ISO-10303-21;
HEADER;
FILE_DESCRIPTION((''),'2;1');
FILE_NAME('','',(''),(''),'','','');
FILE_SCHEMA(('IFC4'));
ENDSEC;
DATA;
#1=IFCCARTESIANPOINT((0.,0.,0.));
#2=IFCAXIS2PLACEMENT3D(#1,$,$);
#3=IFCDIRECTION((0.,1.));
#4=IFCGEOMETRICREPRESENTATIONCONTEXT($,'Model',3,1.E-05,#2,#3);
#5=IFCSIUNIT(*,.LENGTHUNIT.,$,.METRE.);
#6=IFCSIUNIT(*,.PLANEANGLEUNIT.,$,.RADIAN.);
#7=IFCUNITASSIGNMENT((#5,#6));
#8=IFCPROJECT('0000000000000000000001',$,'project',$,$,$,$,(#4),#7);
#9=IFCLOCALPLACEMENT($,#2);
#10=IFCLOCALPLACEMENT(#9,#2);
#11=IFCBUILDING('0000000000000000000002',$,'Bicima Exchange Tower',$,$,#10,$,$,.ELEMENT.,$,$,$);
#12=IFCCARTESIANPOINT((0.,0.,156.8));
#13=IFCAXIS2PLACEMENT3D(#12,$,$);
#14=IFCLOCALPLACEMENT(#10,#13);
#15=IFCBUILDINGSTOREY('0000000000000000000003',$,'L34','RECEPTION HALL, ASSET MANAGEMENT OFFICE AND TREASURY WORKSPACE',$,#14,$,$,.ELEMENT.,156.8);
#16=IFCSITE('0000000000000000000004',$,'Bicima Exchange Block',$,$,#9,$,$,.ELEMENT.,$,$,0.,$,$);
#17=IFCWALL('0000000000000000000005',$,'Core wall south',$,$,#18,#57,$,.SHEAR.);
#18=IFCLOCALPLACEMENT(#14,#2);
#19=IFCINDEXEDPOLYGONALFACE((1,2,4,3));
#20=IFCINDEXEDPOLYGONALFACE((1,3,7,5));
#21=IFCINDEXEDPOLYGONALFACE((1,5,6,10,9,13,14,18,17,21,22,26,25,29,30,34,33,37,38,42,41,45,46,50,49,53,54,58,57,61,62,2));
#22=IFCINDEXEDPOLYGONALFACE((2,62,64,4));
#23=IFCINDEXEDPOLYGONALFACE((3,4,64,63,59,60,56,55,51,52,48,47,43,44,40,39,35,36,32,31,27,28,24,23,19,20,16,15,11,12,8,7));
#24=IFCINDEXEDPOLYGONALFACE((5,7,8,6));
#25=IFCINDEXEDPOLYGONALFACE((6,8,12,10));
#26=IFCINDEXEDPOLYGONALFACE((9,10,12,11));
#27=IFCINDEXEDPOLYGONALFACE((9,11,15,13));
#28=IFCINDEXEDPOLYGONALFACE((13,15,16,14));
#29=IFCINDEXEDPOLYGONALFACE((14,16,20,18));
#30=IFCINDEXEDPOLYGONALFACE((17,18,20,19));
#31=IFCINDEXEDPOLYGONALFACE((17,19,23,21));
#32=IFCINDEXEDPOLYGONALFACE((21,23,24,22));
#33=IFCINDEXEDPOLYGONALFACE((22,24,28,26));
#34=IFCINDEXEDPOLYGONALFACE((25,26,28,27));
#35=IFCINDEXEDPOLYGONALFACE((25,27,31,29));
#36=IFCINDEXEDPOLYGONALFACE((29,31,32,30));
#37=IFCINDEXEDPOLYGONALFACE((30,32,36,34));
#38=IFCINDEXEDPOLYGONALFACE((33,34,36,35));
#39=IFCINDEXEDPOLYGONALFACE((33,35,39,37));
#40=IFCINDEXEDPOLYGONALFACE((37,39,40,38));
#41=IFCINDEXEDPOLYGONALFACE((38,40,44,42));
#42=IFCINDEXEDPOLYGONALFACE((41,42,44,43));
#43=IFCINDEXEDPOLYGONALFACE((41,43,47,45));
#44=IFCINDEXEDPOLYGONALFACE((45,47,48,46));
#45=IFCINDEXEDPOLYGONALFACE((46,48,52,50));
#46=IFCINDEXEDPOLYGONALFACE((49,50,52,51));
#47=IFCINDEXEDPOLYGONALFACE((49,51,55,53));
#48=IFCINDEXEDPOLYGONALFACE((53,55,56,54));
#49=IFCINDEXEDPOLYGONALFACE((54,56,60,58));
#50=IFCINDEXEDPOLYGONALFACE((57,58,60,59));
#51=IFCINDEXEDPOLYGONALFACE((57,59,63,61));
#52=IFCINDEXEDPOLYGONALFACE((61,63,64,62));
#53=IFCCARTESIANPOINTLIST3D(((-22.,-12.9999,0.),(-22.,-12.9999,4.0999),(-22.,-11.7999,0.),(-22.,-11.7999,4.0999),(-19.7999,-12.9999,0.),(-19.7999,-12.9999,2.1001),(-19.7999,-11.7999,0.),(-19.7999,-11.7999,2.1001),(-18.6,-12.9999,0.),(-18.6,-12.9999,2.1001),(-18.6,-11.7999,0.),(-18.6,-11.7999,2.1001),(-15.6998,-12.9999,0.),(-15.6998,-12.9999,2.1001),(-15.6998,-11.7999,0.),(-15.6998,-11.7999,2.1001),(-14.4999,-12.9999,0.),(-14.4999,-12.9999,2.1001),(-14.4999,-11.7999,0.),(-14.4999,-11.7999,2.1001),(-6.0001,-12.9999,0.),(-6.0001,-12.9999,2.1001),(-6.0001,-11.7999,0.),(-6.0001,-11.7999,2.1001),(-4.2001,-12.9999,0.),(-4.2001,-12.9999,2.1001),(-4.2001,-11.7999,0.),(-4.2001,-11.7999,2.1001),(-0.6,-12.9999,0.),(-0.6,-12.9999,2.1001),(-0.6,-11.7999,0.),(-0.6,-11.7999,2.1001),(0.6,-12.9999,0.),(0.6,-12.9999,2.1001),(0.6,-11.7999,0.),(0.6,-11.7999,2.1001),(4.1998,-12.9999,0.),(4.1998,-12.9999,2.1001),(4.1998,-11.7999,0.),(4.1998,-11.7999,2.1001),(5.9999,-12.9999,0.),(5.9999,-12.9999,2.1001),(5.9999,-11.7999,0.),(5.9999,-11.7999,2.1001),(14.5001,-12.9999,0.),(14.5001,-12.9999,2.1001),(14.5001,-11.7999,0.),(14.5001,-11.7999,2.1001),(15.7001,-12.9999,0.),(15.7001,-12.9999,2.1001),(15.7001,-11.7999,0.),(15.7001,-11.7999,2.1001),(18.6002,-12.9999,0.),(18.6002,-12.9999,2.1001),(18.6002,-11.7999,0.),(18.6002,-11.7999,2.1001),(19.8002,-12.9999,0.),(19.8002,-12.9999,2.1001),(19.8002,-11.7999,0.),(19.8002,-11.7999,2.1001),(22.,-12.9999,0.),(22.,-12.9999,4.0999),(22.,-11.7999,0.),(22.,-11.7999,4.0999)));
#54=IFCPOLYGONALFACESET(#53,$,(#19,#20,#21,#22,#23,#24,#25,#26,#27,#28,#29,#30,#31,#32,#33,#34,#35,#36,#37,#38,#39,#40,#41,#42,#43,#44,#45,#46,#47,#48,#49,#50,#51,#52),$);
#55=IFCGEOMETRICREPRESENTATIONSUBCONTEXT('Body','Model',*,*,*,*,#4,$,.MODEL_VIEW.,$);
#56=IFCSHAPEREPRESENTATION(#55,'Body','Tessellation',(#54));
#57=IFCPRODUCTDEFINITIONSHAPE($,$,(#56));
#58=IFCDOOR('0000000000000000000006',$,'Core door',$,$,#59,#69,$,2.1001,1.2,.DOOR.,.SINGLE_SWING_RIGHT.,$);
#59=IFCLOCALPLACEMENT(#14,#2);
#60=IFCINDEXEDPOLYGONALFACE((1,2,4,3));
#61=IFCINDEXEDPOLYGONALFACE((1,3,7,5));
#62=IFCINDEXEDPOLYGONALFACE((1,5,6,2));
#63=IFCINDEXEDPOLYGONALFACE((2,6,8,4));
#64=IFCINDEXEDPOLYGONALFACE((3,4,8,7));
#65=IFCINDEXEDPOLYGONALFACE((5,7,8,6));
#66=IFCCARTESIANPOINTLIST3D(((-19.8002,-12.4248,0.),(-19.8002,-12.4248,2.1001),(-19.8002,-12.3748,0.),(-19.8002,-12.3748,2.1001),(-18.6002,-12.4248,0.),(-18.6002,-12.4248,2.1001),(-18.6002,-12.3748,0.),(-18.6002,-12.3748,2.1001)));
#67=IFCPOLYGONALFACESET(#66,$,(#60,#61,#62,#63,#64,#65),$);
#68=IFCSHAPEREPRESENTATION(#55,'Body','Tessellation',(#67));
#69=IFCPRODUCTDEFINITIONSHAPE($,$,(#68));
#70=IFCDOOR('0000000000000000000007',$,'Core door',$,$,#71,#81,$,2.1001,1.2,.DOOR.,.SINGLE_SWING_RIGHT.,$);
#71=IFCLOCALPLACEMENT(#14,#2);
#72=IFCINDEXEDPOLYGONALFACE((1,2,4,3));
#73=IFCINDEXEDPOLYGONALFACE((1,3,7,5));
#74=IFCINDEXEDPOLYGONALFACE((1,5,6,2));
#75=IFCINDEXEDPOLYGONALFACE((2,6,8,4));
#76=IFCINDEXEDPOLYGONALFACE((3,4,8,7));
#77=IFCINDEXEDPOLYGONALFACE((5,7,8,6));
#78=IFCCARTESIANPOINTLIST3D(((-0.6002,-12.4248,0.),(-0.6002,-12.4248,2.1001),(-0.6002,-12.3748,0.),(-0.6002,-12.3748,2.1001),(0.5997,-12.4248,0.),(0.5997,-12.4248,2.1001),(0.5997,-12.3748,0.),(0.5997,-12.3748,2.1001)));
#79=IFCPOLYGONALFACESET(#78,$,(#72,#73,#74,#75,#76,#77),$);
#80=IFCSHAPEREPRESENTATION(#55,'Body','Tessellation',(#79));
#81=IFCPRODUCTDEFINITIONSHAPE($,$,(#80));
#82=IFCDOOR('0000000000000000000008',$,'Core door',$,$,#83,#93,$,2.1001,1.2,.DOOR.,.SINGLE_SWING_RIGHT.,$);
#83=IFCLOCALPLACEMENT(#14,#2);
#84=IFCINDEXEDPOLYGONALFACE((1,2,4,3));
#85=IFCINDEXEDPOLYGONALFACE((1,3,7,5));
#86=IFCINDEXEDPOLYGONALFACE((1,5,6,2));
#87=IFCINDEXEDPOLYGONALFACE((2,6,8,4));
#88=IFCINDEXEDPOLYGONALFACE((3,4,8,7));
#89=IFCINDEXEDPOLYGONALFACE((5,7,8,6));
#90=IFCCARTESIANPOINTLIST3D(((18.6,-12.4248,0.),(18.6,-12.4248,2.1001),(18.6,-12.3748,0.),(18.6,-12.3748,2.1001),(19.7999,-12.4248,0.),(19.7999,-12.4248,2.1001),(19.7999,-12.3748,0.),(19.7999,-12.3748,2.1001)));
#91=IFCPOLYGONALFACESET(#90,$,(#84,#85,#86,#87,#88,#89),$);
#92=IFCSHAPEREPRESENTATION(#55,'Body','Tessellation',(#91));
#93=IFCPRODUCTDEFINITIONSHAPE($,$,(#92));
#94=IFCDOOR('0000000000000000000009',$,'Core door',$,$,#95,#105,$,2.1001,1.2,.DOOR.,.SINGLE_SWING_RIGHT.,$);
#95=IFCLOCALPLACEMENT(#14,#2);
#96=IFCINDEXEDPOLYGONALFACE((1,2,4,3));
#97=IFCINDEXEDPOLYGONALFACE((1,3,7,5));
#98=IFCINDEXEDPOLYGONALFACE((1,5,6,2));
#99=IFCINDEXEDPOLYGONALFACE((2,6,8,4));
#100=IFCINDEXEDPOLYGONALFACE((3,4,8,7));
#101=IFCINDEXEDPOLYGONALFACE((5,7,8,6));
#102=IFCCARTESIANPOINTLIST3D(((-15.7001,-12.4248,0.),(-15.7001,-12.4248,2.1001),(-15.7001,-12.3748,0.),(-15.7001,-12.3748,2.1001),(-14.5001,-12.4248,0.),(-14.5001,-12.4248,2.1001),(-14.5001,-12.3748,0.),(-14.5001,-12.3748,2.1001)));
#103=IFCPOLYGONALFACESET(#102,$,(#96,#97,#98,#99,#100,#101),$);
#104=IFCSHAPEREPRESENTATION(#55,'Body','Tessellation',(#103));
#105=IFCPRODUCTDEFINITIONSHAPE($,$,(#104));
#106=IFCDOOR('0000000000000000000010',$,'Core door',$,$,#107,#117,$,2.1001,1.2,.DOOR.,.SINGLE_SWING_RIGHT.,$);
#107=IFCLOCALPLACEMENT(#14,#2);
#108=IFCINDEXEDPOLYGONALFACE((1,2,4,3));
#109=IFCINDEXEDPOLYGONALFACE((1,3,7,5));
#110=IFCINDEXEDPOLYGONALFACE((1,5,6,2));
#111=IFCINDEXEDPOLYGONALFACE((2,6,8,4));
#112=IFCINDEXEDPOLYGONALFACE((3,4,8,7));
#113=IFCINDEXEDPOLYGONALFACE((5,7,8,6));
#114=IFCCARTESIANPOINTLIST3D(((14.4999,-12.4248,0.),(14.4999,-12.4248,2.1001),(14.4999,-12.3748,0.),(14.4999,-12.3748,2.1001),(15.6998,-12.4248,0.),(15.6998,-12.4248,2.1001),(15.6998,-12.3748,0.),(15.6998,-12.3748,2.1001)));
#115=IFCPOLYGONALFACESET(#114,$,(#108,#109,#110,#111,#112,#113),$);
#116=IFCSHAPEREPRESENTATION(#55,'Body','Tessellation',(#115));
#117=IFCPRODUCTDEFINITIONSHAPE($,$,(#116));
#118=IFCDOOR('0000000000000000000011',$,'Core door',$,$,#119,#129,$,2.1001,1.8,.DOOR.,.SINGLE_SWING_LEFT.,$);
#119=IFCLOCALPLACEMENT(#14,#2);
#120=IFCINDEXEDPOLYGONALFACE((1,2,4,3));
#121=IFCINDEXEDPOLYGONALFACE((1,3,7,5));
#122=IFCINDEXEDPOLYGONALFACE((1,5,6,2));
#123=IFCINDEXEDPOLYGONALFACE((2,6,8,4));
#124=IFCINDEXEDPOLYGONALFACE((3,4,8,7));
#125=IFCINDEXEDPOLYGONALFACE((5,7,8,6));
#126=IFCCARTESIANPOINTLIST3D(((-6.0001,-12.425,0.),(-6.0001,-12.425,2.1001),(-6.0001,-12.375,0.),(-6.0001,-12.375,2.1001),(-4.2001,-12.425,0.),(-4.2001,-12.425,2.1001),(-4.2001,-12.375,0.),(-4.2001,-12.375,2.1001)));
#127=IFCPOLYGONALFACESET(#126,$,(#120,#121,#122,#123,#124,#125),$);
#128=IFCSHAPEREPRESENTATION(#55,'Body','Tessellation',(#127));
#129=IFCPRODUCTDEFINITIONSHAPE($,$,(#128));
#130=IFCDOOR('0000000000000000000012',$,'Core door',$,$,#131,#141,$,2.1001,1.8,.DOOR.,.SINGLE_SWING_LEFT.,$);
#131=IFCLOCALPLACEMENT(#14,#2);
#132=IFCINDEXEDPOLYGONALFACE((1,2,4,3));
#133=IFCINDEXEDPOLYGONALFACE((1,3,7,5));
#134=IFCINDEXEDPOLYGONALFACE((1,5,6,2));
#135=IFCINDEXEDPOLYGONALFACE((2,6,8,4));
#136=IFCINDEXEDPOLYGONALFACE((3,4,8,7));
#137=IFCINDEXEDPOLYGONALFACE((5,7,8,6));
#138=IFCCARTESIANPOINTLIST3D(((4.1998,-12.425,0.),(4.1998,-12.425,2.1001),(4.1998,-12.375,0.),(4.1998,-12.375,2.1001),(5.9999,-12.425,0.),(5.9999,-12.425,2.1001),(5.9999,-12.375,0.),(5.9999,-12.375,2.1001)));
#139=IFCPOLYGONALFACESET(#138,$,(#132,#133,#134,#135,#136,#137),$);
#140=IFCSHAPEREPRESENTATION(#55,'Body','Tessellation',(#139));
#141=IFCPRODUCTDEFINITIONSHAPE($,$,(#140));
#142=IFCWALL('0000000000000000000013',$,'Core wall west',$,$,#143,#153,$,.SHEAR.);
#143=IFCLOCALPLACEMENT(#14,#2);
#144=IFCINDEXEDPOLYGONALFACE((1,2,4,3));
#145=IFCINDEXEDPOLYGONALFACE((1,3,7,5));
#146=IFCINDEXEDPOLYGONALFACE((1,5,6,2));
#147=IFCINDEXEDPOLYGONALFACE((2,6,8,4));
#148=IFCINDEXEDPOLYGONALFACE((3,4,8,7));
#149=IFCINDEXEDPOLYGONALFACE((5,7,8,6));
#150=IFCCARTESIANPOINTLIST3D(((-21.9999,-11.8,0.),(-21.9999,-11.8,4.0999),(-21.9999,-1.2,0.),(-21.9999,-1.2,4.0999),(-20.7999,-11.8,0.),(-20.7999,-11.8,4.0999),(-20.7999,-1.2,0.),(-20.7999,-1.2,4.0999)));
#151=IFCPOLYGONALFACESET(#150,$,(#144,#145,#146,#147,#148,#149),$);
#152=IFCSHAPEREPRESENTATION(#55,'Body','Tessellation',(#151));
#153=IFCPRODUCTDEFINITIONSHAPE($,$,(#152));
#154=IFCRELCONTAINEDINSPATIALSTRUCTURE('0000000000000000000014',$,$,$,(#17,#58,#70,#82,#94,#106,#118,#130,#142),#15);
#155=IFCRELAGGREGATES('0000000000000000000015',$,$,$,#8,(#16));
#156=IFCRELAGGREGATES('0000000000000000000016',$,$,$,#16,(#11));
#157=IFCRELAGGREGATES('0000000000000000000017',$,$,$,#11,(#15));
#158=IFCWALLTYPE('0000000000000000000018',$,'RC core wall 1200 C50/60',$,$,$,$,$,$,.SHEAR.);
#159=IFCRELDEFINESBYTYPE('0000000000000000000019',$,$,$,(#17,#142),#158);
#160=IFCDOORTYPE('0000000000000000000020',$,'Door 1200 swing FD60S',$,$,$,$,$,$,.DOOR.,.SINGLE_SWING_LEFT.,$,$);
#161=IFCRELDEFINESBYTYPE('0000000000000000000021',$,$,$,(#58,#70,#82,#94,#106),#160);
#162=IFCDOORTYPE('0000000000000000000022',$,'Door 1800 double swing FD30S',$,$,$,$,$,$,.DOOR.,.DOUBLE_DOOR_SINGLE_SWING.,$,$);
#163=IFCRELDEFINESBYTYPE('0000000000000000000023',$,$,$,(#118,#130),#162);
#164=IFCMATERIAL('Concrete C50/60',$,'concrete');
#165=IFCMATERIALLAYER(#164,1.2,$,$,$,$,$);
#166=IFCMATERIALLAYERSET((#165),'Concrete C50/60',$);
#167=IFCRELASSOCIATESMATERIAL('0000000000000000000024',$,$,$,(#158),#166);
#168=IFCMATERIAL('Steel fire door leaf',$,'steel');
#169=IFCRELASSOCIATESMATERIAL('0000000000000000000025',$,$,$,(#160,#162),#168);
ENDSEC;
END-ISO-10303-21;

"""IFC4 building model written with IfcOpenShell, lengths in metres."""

from ifc_helpers import new_model, si_unit, direction, frame, frame_2d, origin, place, context, subcontext, project, spatial, rectangle, extrude, material, layer, layer_set, type_object, element, fill, save


model = new_model("IFC4")

# Units and contexts
model_context = context("Model", 3, precision=1e-05, world=origin(), true_north=direction((0.0, 1.0)))
body_context = subcontext(model_context, "Body", "Model", "MODEL_VIEW")
ifc_project = project(units=[si_unit("LENGTHUNIT", "METRE"), si_unit("PLANEANGLEUNIT", "RADIAN")], contexts=[model_context])

# Site, building, storey
site_placement = place(None, origin())
site = spatial("IfcSite", under=ifc_project, at=site_placement, Name="Bicima Exchange Block", CompositionType="ELEMENT", RefElevation=0.0)
building_placement = place(site_placement, origin())
building = spatial("IfcBuilding", under=site, at=building_placement, Name="Bicima Exchange Tower", CompositionType="ELEMENT")
storey_placement = place(building_placement, frame((0.0, 0.0, 156.8)))
storey = spatial("IfcBuildingStorey", under=building, at=storey_placement, Name="L34", Description="RECEPTION HALL, ASSET MANAGEMENT OFFICE AND TREASURY WORKSPACE", CompositionType="ELEMENT", Elevation=156.8)

# Wall, openings, doors
ifc_material_1 = material(Name="Concrete C50/60", Category="concrete")
ifc_layer_1 = layer(ifc_material_1, 1.2)
ifc_layer_set_1 = layer_set([ifc_layer_1], Name="Concrete C50/60")
wall_type_1 = type_object("IfcWallType", Name="RC core wall 1200 C50/60", PredefinedType="SHEAR", material=ifc_layer_set_1)
wall_1_placement = place(storey_placement, frame((-22.0, -12.3999, 0.0), z_axis=(0.0, 0.0, 1.0), x_axis=(1.0, 0.0, 0.0)))
wall_1 = element("IfcWall", 1, at=wall_1_placement, inside=storey, type_object=wall_type_1, Name="Core wall south", PredefinedType="SHEAR", context=body_context, shape_type="SweptSolid", body=[
    extrude(rectangle(XDim=44.0, YDim=1.2, at=frame_2d((22.0, 0.0))), origin(), (0.0, 0.0, 1.0), 4.0999),
])
opening_1_placement = place(wall_1_placement, frame((2.2, 0.0, 0.0)))
opening_1 = element("IfcOpeningElement", 2, at=opening_1_placement, cuts=wall_1, PredefinedType="OPENING", context=body_context, shape_type="SweptSolid", body=[
    extrude(rectangle(XDim=1.2, YDim=2.1001, at=frame_2d((0.6001, 1.05))), frame((0.0, 0.6118, 0.0), z_axis=(0.0, -1.0, 0.0), x_axis=(1.0, 0.0, 0.0)), (0.0, 0.0, 1.0), 1.2239),
])
opening_2_placement = place(wall_1_placement, frame((21.3999, 0.0, 0.0)))
opening_2 = element("IfcOpeningElement", 3, at=opening_2_placement, cuts=wall_1, PredefinedType="OPENING", context=body_context, shape_type="SweptSolid", body=[
    extrude(rectangle(XDim=1.2, YDim=2.1001, at=frame_2d((0.6001, 1.05))), frame((0.0, 0.6118, 0.0), z_axis=(0.0, -1.0, 0.0), x_axis=(1.0, 0.0, 0.0)), (0.0, 0.0, 1.0), 1.2239),
])
opening_3_placement = place(wall_1_placement, frame((40.6001, 0.0, 0.0)))
opening_3 = element("IfcOpeningElement", 4, at=opening_3_placement, cuts=wall_1, PredefinedType="OPENING", context=body_context, shape_type="SweptSolid", body=[
    extrude(rectangle(XDim=1.2, YDim=2.1001, at=frame_2d((0.6001, 1.05))), frame((0.0, 0.6118, 0.0), z_axis=(0.0, -1.0, 0.0), x_axis=(1.0, 0.0, 0.0)), (0.0, 0.0, 1.0), 1.2239),
])
opening_4_placement = place(wall_1_placement, frame((16.0, 0.0, 0.0)))
opening_4 = element("IfcOpeningElement", 5, at=opening_4_placement, cuts=wall_1, PredefinedType="OPENING", context=body_context, shape_type="SweptSolid", body=[
    extrude(rectangle(XDim=1.8, YDim=2.1001, at=frame_2d((0.8999, 1.05))), frame((0.0, 0.6118, 0.0), z_axis=(0.0, -1.0, 0.0), x_axis=(1.0, 0.0, 0.0)), (0.0, 0.0, 1.0), 1.2239),
])
opening_5_placement = place(wall_1_placement, frame((6.3, 0.0, 0.0)))
opening_5 = element("IfcOpeningElement", 6, at=opening_5_placement, cuts=wall_1, PredefinedType="OPENING", context=body_context, shape_type="SweptSolid", body=[
    extrude(rectangle(XDim=1.2, YDim=2.1001, at=frame_2d((0.6001, 1.05))), frame((0.0, 0.6118, 0.0), z_axis=(0.0, -1.0, 0.0), x_axis=(1.0, 0.0, 0.0)), (0.0, 0.0, 1.0), 1.2239),
])
opening_6_placement = place(wall_1_placement, frame((26.2, 0.0, 0.0)))
opening_6 = element("IfcOpeningElement", 7, at=opening_6_placement, cuts=wall_1, PredefinedType="OPENING", context=body_context, shape_type="SweptSolid", body=[
    extrude(rectangle(XDim=1.8, YDim=2.1001, at=frame_2d((0.8999, 1.05))), frame((0.0, 0.6118, 0.0), z_axis=(0.0, -1.0, 0.0), x_axis=(1.0, 0.0, 0.0)), (0.0, 0.0, 1.0), 1.2239),
])
opening_7_placement = place(wall_1_placement, frame((36.5, 0.0, 0.0)))
opening_7 = element("IfcOpeningElement", 8, at=opening_7_placement, cuts=wall_1, PredefinedType="OPENING", context=body_context, shape_type="SweptSolid", body=[
    extrude(rectangle(XDim=1.2, YDim=2.1001, at=frame_2d((0.6001, 1.05))), frame((0.0, 0.6118, 0.0), z_axis=(0.0, -1.0, 0.0), x_axis=(1.0, 0.0, 0.0)), (0.0, 0.0, 1.0), 1.2239),
])
ifc_material_2 = material(Name="Steel fire door leaf", Category="steel")
door_type_1 = type_object("IfcDoorType", Name="Door 1200 swing FD60S", OperationType="SINGLE_SWING_LEFT", PredefinedType="DOOR", material=ifc_material_2)
door_1_placement = place(opening_1_placement, frame((1.2, 0.0, 0.0), z_axis=(0.0, 0.0, 1.0), x_axis=(-1.0, 0.0, 0.0)))
door_1 = element("IfcDoor", 9, at=door_1_placement, inside=storey, type_object=door_type_1, Name="Core door", OperationType="SINGLE_SWING_RIGHT", OverallHeight=2.1001, OverallWidth=1.2, PredefinedType="DOOR", context=body_context, shape_type="SweptSolid", body=[
    extrude(rectangle(XDim=1.2, YDim=2.1001, at=frame_2d((0.6001, 1.05))), frame((0.0, 0.0249, 0.0), z_axis=(0.0, -1.0, 0.0), x_axis=(1.0, 0.0, 0.0)), (0.0, 0.0, 1.0), 0.05),
])
fill(opening_1, door_1)
door_2_placement = place(opening_2_placement, frame((1.2, 0.0, 0.0), z_axis=(0.0, 0.0, 1.0), x_axis=(-1.0, 0.0, 0.0)))
door_2 = element("IfcDoor", 10, at=door_2_placement, inside=storey, type_object=door_type_1, Name="Core door", OperationType="SINGLE_SWING_RIGHT", OverallHeight=2.1001, OverallWidth=1.2, PredefinedType="DOOR", context=body_context, shape_type="SweptSolid", body=[
    extrude(rectangle(XDim=1.2, YDim=2.1001, at=frame_2d((0.6001, 1.05))), frame((0.0, 0.0249, 0.0), z_axis=(0.0, -1.0, 0.0), x_axis=(1.0, 0.0, 0.0)), (0.0, 0.0, 1.0), 0.05),
])
fill(opening_2, door_2)
door_3_placement = place(opening_3_placement, frame((1.2, 0.0, 0.0), z_axis=(0.0, 0.0, 1.0), x_axis=(-1.0, 0.0, 0.0)))
door_3 = element("IfcDoor", 11, at=door_3_placement, inside=storey, type_object=door_type_1, Name="Core door", OperationType="SINGLE_SWING_RIGHT", OverallHeight=2.1001, OverallWidth=1.2, PredefinedType="DOOR", context=body_context, shape_type="SweptSolid", body=[
    extrude(rectangle(XDim=1.2, YDim=2.1001, at=frame_2d((0.6001, 1.05))), frame((0.0, 0.0249, 0.0), z_axis=(0.0, -1.0, 0.0), x_axis=(1.0, 0.0, 0.0)), (0.0, 0.0, 1.0), 0.05),
])
fill(opening_3, door_3)
door_4_placement = place(opening_5_placement, frame((1.2, 0.0, 0.0), z_axis=(0.0, 0.0, 1.0), x_axis=(-1.0, 0.0, 0.0)))
door_4 = element("IfcDoor", 12, at=door_4_placement, inside=storey, type_object=door_type_1, Name="Core door", OperationType="SINGLE_SWING_RIGHT", OverallHeight=2.1001, OverallWidth=1.2, PredefinedType="DOOR", context=body_context, shape_type="SweptSolid", body=[
    extrude(rectangle(XDim=1.2, YDim=2.1001, at=frame_2d((0.6001, 1.05))), frame((0.0, 0.0249, 0.0), z_axis=(0.0, -1.0, 0.0), x_axis=(1.0, 0.0, 0.0)), (0.0, 0.0, 1.0), 0.05),
])
fill(opening_5, door_4)
door_5_placement = place(opening_7_placement, frame((1.2, 0.0, 0.0), z_axis=(0.0, 0.0, 1.0), x_axis=(-1.0, 0.0, 0.0)))
door_5 = element("IfcDoor", 13, at=door_5_placement, inside=storey, type_object=door_type_1, Name="Core door", OperationType="SINGLE_SWING_RIGHT", OverallHeight=2.1001, OverallWidth=1.2, PredefinedType="DOOR", context=body_context, shape_type="SweptSolid", body=[
    extrude(rectangle(XDim=1.2, YDim=2.1001, at=frame_2d((0.6001, 1.05))), frame((0.0, 0.0249, 0.0), z_axis=(0.0, -1.0, 0.0), x_axis=(1.0, 0.0, 0.0)), (0.0, 0.0, 1.0), 0.05),
])
fill(opening_7, door_5)
door_type_2 = type_object("IfcDoorType", Name="Door 1800 double swing FD30S", OperationType="DOUBLE_DOOR_SINGLE_SWING", PredefinedType="DOOR", material=ifc_material_2)
door_6_placement = place(opening_4_placement, origin())
door_6 = element("IfcDoor", 14, at=door_6_placement, inside=storey, type_object=door_type_2, Name="Core door", OperationType="SINGLE_SWING_LEFT", OverallHeight=2.1001, OverallWidth=1.8, PredefinedType="DOOR", context=body_context, shape_type="SweptSolid", body=[
    extrude(rectangle(XDim=1.8, YDim=2.1001, at=frame_2d((0.8999, 1.05))), frame((0.0, 0.0249, 0.0), z_axis=(0.0, -1.0, 0.0), x_axis=(1.0, 0.0, 0.0)), (0.0, 0.0, 1.0), 0.05),
])
fill(opening_4, door_6)
door_7_placement = place(opening_6_placement, origin())
door_7 = element("IfcDoor", 15, at=door_7_placement, inside=storey, type_object=door_type_2, Name="Core door", OperationType="SINGLE_SWING_LEFT", OverallHeight=2.1001, OverallWidth=1.8, PredefinedType="DOOR", context=body_context, shape_type="SweptSolid", body=[
    extrude(rectangle(XDim=1.8, YDim=2.1001, at=frame_2d((0.8999, 1.05))), frame((0.0, 0.0249, 0.0), z_axis=(0.0, -1.0, 0.0), x_axis=(1.0, 0.0, 0.0)), (0.0, 0.0, 1.0), 0.05),
])
fill(opening_6, door_7)

# Wall
wall_2_placement = place(storey_placement, frame((-21.3999, -11.8, 0.0), z_axis=(0.0, 0.0, 1.0), x_axis=(0.0, 1.0, 0.0)))
element("IfcWall", 16, at=wall_2_placement, inside=storey, type_object=wall_type_1, Name="Core wall west", PredefinedType="SHEAR", context=body_context, shape_type="SweptSolid", body=[
    extrude(rectangle(XDim=10.6001, YDim=1.2, at=frame_2d((5.3, 0.0))), origin(), (0.0, 0.0, 1.0), 4.0999),
])

save(model, "model.ifc")
